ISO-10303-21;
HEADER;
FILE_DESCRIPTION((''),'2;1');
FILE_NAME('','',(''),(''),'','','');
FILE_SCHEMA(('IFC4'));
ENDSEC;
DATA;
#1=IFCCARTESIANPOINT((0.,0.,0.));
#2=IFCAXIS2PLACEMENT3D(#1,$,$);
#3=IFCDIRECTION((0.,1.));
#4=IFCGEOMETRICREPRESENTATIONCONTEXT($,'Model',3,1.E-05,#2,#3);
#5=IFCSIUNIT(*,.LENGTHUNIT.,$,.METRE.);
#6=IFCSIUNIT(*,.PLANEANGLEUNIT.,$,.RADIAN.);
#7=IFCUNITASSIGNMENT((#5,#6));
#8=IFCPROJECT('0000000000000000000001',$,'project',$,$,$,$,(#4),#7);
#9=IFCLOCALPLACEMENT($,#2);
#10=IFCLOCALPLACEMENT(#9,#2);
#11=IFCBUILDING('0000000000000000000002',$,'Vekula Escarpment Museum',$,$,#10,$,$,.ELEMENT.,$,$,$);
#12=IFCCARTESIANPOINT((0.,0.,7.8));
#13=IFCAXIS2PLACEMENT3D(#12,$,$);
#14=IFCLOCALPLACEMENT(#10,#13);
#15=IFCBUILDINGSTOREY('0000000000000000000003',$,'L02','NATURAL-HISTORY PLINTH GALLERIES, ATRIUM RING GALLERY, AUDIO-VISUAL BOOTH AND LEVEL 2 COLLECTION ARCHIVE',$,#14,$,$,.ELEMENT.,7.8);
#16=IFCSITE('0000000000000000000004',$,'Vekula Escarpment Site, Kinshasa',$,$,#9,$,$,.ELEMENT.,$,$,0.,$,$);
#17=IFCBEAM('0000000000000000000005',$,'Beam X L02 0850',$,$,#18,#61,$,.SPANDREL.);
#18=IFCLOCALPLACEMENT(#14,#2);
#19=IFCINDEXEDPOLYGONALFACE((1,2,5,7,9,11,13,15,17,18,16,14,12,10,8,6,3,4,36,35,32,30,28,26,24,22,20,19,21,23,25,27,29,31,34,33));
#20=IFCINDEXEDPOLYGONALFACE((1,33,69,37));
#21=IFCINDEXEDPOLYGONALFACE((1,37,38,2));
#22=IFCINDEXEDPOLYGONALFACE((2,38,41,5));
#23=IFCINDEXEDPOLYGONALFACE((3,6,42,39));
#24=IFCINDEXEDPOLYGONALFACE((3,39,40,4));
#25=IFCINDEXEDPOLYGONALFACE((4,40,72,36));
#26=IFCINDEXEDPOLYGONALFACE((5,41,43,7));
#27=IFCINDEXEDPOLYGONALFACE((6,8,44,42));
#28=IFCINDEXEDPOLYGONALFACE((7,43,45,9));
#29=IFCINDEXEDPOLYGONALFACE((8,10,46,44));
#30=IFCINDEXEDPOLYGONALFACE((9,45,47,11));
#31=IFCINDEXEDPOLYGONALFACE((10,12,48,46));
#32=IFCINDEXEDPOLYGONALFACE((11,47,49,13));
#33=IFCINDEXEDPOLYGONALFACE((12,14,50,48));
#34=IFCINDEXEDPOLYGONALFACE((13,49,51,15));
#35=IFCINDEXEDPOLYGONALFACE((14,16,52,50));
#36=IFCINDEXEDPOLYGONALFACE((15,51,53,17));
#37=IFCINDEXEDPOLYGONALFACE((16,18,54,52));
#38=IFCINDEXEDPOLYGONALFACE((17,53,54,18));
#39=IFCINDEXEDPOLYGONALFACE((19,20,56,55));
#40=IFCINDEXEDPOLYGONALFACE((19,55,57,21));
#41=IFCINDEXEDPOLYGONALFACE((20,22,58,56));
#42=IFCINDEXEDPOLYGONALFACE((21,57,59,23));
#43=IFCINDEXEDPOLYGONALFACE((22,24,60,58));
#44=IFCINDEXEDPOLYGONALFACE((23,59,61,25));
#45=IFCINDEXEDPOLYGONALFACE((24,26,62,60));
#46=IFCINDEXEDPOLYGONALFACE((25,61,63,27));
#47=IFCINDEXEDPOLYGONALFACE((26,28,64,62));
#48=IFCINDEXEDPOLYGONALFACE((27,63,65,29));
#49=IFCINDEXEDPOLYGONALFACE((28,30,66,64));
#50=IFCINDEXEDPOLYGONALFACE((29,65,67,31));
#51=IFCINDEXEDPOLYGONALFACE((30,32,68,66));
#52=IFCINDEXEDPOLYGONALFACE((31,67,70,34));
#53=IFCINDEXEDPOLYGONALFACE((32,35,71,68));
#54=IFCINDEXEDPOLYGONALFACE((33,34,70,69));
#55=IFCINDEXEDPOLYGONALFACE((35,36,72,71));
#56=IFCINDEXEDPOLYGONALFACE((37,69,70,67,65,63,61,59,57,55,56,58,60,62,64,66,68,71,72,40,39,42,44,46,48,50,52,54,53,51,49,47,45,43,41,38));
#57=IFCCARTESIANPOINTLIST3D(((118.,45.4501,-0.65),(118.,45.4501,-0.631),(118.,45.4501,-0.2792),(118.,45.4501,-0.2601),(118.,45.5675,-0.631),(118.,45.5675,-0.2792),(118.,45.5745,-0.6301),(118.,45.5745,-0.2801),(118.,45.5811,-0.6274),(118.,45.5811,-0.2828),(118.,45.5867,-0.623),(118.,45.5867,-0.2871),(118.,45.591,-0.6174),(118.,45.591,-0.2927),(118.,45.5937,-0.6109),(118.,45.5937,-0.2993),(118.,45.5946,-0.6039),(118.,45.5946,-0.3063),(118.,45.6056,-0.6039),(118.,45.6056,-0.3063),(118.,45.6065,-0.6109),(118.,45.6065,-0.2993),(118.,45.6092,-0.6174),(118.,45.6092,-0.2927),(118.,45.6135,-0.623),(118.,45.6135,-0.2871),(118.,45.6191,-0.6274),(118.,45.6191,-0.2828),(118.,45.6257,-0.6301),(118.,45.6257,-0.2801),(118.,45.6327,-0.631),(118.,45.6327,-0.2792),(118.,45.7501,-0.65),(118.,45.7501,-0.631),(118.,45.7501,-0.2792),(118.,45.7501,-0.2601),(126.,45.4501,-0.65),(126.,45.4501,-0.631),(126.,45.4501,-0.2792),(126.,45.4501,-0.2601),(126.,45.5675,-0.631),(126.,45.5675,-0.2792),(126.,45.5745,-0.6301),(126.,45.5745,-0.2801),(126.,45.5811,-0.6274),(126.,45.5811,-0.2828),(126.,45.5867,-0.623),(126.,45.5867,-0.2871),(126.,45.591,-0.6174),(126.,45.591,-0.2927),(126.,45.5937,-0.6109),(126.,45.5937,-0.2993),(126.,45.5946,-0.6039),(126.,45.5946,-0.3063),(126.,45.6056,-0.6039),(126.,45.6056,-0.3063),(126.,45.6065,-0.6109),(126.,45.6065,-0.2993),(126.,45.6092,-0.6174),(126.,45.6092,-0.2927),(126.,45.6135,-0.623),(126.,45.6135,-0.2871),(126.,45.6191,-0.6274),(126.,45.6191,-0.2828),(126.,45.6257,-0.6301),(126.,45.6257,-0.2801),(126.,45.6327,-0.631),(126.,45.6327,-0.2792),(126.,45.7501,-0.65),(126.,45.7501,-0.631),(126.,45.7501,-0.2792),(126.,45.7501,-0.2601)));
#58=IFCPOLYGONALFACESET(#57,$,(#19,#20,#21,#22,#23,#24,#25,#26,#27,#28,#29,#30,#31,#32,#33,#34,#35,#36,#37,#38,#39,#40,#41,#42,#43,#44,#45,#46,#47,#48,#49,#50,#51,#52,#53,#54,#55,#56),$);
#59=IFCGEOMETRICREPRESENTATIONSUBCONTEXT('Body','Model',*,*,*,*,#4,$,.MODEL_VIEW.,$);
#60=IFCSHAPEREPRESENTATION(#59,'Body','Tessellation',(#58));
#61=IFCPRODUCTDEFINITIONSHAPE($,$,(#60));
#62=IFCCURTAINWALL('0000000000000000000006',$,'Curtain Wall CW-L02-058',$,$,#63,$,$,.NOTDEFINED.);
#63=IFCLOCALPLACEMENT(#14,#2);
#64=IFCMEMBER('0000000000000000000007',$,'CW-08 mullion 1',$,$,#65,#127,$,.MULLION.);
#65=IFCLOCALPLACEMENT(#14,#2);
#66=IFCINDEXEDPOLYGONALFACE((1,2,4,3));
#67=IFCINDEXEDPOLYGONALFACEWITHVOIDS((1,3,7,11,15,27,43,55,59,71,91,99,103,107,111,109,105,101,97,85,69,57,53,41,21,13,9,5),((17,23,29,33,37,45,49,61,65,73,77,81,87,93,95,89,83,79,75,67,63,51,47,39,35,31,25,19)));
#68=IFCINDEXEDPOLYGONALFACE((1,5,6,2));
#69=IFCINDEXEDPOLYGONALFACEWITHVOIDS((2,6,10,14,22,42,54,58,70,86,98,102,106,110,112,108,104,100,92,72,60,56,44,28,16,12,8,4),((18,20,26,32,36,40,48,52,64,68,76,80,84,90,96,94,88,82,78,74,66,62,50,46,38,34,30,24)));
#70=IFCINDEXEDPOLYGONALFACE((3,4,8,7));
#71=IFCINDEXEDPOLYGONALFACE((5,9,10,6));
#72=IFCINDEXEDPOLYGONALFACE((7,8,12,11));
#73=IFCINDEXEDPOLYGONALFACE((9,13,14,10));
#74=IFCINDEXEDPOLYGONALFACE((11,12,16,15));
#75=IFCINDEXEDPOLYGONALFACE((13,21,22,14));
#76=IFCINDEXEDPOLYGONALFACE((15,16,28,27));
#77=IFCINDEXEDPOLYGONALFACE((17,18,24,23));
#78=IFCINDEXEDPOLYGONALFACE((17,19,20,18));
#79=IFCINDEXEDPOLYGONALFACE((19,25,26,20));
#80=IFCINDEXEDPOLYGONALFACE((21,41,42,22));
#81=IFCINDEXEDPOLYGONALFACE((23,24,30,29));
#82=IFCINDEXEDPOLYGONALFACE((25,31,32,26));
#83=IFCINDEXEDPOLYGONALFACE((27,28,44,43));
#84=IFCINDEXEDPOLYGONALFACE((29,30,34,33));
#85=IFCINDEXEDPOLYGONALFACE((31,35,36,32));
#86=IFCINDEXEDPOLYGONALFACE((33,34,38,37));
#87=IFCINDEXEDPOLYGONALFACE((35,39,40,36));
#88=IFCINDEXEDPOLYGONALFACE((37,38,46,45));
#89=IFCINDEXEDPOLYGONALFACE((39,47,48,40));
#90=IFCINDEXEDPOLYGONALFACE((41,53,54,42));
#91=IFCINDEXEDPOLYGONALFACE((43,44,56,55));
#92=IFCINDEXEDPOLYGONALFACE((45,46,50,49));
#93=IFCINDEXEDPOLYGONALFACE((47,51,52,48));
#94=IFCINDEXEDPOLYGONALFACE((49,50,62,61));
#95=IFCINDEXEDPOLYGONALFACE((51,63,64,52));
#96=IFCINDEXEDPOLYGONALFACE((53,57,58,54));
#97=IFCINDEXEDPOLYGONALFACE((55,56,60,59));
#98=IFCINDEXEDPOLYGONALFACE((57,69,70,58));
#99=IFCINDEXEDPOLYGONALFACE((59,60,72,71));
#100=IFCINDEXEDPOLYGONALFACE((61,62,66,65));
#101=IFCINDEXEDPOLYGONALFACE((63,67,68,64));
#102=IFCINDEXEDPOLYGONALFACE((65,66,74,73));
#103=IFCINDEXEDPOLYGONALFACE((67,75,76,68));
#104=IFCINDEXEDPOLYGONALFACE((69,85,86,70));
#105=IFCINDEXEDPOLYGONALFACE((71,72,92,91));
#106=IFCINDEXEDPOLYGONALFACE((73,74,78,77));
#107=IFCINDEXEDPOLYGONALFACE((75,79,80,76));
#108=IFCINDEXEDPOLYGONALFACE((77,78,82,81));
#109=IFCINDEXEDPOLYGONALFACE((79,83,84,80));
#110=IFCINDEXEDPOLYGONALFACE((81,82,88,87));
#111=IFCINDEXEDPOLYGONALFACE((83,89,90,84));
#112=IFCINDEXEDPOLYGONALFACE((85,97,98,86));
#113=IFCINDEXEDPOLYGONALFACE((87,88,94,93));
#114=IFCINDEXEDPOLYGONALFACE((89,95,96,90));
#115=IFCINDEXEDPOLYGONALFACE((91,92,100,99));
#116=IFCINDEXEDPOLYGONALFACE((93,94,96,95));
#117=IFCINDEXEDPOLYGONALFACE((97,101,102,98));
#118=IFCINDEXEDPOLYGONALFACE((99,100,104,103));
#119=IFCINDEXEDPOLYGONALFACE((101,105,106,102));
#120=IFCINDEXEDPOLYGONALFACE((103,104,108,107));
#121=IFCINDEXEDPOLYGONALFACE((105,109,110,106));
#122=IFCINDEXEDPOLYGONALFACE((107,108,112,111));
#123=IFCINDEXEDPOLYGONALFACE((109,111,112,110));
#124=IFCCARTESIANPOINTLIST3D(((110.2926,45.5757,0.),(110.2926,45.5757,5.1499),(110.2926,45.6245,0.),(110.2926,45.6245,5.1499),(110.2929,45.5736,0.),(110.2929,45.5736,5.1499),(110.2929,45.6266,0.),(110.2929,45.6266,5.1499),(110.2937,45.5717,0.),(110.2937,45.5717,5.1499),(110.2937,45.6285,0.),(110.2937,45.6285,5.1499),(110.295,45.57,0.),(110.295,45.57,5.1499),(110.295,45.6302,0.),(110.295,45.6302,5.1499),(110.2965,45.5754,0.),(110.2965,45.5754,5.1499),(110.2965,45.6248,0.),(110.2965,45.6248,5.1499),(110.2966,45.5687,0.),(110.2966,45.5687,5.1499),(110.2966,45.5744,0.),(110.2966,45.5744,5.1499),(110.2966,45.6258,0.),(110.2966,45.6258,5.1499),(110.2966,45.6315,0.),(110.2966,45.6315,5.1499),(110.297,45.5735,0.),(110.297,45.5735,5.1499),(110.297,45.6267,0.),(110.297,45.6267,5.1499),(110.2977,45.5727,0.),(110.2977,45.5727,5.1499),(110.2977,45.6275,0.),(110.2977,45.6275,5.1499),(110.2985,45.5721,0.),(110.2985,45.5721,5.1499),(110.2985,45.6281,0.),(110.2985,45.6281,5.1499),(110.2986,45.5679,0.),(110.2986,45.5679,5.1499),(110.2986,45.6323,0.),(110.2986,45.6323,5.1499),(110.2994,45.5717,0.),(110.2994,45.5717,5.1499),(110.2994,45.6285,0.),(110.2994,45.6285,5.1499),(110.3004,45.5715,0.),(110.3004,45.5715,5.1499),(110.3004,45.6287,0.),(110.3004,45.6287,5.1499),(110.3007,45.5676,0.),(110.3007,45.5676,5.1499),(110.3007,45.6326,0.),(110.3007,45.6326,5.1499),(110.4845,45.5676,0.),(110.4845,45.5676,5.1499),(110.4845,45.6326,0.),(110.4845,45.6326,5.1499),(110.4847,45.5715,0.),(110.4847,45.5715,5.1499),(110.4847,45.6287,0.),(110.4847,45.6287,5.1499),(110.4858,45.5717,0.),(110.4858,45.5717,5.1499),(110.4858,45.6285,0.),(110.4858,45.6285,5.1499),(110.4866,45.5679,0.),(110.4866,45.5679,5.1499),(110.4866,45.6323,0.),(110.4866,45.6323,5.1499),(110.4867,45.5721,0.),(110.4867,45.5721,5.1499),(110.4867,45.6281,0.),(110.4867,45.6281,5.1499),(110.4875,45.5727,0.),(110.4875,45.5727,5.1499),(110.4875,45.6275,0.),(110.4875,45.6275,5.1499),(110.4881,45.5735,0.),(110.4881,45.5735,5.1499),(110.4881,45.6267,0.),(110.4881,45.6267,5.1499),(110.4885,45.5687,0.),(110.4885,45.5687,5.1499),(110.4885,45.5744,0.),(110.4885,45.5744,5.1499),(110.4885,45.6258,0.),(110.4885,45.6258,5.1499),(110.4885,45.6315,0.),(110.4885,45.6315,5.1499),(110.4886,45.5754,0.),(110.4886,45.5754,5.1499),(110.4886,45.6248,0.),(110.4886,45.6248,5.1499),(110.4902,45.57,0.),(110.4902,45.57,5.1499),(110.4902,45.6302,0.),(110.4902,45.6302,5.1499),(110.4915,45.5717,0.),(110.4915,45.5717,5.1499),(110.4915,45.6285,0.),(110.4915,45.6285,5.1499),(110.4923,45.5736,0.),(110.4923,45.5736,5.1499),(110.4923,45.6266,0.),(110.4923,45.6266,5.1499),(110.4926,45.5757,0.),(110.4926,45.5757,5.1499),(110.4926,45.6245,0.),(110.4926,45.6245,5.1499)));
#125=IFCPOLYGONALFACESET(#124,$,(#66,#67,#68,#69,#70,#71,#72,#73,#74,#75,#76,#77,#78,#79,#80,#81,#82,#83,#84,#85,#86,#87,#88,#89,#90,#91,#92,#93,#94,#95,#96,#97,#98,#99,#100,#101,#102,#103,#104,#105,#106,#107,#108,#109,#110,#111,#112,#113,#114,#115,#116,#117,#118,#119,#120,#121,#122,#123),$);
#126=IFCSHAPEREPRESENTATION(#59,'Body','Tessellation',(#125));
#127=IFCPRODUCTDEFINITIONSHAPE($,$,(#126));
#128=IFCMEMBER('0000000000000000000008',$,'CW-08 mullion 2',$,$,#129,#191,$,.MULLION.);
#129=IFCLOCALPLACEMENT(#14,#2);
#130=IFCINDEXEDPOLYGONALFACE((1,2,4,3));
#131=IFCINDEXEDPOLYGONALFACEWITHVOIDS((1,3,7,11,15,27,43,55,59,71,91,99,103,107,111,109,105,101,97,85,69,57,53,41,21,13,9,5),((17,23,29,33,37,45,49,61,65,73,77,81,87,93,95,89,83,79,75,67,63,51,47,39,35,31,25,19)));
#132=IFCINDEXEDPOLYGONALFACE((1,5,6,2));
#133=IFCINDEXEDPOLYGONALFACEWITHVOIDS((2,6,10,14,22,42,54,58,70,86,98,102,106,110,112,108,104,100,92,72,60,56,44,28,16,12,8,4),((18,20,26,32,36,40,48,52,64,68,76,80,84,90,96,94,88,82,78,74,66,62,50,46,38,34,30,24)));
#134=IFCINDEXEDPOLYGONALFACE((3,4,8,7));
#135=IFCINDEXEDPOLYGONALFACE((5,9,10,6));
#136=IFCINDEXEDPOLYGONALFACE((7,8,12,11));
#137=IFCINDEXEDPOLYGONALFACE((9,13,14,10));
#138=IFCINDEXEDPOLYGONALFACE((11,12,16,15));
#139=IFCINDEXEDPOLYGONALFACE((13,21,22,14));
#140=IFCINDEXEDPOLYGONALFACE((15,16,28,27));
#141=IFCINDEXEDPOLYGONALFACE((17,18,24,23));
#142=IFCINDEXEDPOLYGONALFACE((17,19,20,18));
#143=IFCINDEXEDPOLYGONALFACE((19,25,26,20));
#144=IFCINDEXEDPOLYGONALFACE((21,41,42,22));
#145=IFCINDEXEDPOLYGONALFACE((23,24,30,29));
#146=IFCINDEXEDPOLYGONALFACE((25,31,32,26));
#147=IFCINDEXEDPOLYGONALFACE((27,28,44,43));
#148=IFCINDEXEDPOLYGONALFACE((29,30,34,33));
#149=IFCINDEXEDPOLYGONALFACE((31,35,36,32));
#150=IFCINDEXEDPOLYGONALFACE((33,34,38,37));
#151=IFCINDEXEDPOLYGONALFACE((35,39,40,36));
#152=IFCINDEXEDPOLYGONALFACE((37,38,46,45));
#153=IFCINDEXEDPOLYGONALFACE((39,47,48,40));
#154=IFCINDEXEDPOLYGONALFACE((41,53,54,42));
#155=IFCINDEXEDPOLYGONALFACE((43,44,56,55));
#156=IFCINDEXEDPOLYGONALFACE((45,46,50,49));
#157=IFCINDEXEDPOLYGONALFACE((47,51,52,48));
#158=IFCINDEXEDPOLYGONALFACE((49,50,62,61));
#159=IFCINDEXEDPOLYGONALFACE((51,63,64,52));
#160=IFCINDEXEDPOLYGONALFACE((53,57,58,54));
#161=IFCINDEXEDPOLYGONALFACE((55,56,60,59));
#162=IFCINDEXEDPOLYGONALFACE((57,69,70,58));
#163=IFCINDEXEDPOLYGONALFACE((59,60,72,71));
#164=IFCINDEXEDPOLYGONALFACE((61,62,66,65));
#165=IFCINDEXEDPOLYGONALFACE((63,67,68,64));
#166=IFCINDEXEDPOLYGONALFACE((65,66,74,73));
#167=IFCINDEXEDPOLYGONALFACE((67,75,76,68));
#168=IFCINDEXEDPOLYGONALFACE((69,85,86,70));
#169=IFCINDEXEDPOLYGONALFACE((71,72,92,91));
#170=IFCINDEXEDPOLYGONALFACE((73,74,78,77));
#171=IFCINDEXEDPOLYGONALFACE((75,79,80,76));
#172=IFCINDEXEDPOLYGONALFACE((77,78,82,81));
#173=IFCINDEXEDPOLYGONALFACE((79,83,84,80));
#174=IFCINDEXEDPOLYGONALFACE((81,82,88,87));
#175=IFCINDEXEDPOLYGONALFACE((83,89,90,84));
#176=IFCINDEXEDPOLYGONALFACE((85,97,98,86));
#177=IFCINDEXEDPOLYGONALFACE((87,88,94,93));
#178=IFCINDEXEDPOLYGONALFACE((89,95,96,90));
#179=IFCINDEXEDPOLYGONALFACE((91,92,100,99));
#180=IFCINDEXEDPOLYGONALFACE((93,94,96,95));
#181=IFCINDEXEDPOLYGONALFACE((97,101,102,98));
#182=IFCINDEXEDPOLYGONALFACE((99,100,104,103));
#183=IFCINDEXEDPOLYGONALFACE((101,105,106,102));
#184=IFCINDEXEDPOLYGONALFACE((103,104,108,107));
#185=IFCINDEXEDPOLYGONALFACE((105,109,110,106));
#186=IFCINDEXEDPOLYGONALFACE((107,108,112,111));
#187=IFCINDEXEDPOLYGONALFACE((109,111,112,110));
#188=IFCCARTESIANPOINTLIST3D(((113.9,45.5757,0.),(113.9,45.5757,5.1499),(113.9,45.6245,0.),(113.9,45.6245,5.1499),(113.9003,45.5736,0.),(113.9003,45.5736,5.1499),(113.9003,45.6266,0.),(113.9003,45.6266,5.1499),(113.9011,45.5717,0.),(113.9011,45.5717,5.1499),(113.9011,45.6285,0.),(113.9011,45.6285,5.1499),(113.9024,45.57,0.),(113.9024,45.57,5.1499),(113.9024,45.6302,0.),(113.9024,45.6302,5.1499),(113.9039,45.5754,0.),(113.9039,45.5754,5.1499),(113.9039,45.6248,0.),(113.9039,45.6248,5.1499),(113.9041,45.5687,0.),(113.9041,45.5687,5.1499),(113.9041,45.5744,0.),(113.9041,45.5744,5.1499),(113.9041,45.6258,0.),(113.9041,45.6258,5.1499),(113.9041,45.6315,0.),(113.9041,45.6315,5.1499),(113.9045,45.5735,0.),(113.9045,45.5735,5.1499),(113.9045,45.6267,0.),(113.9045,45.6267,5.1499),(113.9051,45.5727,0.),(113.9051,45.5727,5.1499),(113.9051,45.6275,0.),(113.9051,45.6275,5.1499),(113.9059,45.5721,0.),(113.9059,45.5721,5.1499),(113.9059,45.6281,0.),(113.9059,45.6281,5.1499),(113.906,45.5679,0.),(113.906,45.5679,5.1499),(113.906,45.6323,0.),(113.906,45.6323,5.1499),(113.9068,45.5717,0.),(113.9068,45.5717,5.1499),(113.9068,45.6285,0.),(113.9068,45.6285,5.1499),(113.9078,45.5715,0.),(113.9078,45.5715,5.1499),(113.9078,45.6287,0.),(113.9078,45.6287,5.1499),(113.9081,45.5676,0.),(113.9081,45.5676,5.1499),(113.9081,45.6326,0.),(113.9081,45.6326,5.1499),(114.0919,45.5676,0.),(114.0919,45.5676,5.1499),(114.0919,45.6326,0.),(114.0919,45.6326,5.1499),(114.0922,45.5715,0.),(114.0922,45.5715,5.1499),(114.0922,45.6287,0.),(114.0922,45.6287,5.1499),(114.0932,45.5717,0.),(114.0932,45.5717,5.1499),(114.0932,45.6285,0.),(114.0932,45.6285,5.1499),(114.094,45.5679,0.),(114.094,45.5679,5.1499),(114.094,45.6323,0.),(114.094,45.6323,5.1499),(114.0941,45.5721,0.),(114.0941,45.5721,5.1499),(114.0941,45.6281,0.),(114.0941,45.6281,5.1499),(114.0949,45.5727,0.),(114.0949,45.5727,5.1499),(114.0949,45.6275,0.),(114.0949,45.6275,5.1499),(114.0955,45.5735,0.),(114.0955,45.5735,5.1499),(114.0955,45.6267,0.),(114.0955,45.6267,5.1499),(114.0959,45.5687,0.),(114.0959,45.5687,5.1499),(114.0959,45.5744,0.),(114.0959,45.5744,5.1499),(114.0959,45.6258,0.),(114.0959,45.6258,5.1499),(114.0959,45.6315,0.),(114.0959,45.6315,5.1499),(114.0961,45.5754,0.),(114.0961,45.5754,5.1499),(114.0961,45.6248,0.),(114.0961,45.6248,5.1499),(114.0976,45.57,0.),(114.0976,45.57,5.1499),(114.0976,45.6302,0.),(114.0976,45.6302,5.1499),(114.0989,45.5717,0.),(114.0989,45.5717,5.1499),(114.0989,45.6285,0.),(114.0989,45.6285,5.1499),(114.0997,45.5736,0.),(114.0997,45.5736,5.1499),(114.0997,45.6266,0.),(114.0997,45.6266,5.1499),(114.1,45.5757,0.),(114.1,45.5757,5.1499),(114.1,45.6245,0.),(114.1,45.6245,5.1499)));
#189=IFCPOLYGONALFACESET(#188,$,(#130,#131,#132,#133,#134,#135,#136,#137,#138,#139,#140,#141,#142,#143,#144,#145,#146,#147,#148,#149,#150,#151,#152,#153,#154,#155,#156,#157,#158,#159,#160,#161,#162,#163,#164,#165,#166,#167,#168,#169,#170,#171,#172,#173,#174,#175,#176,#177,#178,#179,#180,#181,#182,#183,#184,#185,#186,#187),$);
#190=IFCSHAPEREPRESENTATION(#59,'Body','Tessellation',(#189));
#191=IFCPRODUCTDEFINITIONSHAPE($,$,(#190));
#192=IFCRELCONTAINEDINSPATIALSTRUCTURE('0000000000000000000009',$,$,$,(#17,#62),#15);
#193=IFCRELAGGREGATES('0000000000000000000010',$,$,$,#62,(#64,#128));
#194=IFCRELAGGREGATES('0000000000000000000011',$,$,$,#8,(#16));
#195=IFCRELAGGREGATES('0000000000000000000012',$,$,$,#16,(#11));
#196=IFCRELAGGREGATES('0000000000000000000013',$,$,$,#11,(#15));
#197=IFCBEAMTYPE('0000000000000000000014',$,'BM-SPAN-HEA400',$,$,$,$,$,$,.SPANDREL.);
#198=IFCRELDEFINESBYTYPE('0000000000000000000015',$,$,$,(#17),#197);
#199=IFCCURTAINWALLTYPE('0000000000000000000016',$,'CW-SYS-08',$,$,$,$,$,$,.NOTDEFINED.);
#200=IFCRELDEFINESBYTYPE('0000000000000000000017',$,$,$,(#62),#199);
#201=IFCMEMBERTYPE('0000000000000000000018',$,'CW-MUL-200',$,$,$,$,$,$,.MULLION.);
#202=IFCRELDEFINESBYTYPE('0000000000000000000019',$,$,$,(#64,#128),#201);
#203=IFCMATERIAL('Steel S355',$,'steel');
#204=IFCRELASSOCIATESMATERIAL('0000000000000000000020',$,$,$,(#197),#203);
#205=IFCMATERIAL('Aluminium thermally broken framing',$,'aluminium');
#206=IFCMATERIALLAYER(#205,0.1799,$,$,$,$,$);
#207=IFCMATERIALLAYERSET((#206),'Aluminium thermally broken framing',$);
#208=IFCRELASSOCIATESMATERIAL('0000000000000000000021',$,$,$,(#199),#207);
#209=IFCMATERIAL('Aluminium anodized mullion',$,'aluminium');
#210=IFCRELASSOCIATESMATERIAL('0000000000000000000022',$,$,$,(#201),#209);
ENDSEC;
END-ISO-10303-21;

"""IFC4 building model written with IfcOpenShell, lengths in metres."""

from ifc_helpers import new_model, si_unit, direction, frame, origin, origin_2d, place, context, subcontext, project, spatial, hollow_rectangle, i_section, extrude, material, layer, layer_set, material_profile, profile_set, type_object, element, aggregate, save


model = new_model("IFC4")

# Units and contexts
model_context = context("Model", 3, precision=1e-05, world=origin(), true_north=direction((0.0, 1.0)))
body_context = subcontext(model_context, "Body", "Model", "MODEL_VIEW")
ifc_project = project(units=[si_unit("LENGTHUNIT", "METRE"), si_unit("PLANEANGLEUNIT", "RADIAN")], contexts=[model_context])

# Site, building, storey
site_placement = place(None, origin())
site = spatial("IfcSite", under=ifc_project, at=site_placement, Name="Vekula Escarpment Site, Kinshasa", CompositionType="ELEMENT", RefElevation=0.0)
building_placement = place(site_placement, origin())
building = spatial("IfcBuilding", under=site, at=building_placement, Name="Vekula Escarpment Museum", CompositionType="ELEMENT")
storey_placement = place(building_placement, frame((0.0, 0.0, 7.8)))
storey = spatial("IfcBuildingStorey", under=building, at=storey_placement, Name="L02", Description="NATURAL-HISTORY PLINTH GALLERIES, ATRIUM RING GALLERY, AUDIO-VISUAL BOOTH AND LEVEL 2 COLLECTION ARCHIVE", CompositionType="ELEMENT", Elevation=7.8)

# Beam
ifc_material_1 = material(Name="Steel S355", Category="steel")
ifc_material_profile_1 = material_profile(ifc_material_1, i_section(OverallWidth=0.3, OverallDepth=0.3899, WebThickness=0.011, FlangeThickness=0.019, FilletRadius=0.0271, at=origin_2d()), Name="HEA 400")
ifc_profile_set_1 = profile_set([ifc_material_profile_1], Name="Steel S355")
beam_type_1 = type_object("IfcBeamType", Name="BM-SPAN-HEA400", PredefinedType="SPANDREL", material=ifc_profile_set_1)
beam_1_placement = place(storey_placement, frame((118.0, 45.6001, -0.4551), z_axis=(1.0, 0.0, 0.0), x_axis=(0.0, 1.0, 0.0)))
element("IfcBeam", 1, at=beam_1_placement, inside=storey, type_object=beam_type_1, Name="Beam X L02 0850", PredefinedType="SPANDREL", context=body_context, shape_type="SweptSolid", body=[
    extrude(i_section(OverallWidth=0.3, OverallDepth=0.3899, WebThickness=0.011, FlangeThickness=0.019, FilletRadius=0.0271, at=origin_2d()), origin(), (0.0, 0.0, 1.0), 8.0),
])

# Curtain wall, members
ifc_material_2 = material(Name="Aluminium thermally broken framing", Category="aluminium")
ifc_layer_1 = layer(ifc_material_2, 0.1799)
ifc_layer_set_1 = layer_set([ifc_layer_1], Name="Aluminium thermally broken framing")
curtain_wall_type = type_object("IfcCurtainWallType", Name="CW-SYS-08", PredefinedType="NOTDEFINED", material=ifc_layer_set_1)
curtain_wall_placement = place(storey_placement, origin())
curtain_wall = element("IfcCurtainWall", 2, at=curtain_wall_placement, inside=storey, type_object=curtain_wall_type, Name="Curtain Wall CW-L02-058", PredefinedType="NOTDEFINED")
ifc_material_3 = material(Name="Aluminium anodized mullion", Category="aluminium")
ifc_material_profile_2 = material_profile(ifc_material_3, hollow_rectangle(XDim=0.0649, YDim=0.2, WallThickness=0.0039, InnerFilletRadius=0.0039, OuterFilletRadius=0.0081, at=origin_2d()), Name="ALU 200x65x4")
ifc_profile_set_2 = profile_set([ifc_material_profile_2], Name="Aluminium anodized mullion")
member_type_1 = type_object("IfcMemberType", Name="CW-MUL-200", PredefinedType="MULLION", material=ifc_profile_set_2)
member_1_placement = place(storey_placement, frame((110.3926, 45.6001, 0.0), z_axis=(0.0, 0.0, 1.0), x_axis=(0.0, 1.0, 0.0)))
member_1 = element("IfcMember", 3, at=member_1_placement, type_object=member_type_1, Name="CW-08 mullion 1", PredefinedType="MULLION", context=body_context, shape_type="SweptSolid", body=[
    extrude(hollow_rectangle(XDim=0.0649, YDim=0.2, WallThickness=0.0039, InnerFilletRadius=0.0039, OuterFilletRadius=0.0081, at=origin_2d()), origin(), (0.0, 0.0, 1.0), 5.1499),
])
member_2_placement = place(storey_placement, frame((114.0, 45.6001, 0.0), z_axis=(0.0, 0.0, 1.0), x_axis=(0.0, 1.0, 0.0)))
member_2 = element("IfcMember", 4, at=member_2_placement, type_object=member_type_1, Name="CW-08 mullion 2", PredefinedType="MULLION", context=body_context, shape_type="SweptSolid", body=[
    extrude(hollow_rectangle(XDim=0.0649, YDim=0.2, WallThickness=0.0039, InnerFilletRadius=0.0039, OuterFilletRadius=0.0081, at=origin_2d()), origin(), (0.0, 0.0, 1.0), 5.1499),
])
aggregate(curtain_wall, [member_1, member_2])

save(model, "model.ifc")
